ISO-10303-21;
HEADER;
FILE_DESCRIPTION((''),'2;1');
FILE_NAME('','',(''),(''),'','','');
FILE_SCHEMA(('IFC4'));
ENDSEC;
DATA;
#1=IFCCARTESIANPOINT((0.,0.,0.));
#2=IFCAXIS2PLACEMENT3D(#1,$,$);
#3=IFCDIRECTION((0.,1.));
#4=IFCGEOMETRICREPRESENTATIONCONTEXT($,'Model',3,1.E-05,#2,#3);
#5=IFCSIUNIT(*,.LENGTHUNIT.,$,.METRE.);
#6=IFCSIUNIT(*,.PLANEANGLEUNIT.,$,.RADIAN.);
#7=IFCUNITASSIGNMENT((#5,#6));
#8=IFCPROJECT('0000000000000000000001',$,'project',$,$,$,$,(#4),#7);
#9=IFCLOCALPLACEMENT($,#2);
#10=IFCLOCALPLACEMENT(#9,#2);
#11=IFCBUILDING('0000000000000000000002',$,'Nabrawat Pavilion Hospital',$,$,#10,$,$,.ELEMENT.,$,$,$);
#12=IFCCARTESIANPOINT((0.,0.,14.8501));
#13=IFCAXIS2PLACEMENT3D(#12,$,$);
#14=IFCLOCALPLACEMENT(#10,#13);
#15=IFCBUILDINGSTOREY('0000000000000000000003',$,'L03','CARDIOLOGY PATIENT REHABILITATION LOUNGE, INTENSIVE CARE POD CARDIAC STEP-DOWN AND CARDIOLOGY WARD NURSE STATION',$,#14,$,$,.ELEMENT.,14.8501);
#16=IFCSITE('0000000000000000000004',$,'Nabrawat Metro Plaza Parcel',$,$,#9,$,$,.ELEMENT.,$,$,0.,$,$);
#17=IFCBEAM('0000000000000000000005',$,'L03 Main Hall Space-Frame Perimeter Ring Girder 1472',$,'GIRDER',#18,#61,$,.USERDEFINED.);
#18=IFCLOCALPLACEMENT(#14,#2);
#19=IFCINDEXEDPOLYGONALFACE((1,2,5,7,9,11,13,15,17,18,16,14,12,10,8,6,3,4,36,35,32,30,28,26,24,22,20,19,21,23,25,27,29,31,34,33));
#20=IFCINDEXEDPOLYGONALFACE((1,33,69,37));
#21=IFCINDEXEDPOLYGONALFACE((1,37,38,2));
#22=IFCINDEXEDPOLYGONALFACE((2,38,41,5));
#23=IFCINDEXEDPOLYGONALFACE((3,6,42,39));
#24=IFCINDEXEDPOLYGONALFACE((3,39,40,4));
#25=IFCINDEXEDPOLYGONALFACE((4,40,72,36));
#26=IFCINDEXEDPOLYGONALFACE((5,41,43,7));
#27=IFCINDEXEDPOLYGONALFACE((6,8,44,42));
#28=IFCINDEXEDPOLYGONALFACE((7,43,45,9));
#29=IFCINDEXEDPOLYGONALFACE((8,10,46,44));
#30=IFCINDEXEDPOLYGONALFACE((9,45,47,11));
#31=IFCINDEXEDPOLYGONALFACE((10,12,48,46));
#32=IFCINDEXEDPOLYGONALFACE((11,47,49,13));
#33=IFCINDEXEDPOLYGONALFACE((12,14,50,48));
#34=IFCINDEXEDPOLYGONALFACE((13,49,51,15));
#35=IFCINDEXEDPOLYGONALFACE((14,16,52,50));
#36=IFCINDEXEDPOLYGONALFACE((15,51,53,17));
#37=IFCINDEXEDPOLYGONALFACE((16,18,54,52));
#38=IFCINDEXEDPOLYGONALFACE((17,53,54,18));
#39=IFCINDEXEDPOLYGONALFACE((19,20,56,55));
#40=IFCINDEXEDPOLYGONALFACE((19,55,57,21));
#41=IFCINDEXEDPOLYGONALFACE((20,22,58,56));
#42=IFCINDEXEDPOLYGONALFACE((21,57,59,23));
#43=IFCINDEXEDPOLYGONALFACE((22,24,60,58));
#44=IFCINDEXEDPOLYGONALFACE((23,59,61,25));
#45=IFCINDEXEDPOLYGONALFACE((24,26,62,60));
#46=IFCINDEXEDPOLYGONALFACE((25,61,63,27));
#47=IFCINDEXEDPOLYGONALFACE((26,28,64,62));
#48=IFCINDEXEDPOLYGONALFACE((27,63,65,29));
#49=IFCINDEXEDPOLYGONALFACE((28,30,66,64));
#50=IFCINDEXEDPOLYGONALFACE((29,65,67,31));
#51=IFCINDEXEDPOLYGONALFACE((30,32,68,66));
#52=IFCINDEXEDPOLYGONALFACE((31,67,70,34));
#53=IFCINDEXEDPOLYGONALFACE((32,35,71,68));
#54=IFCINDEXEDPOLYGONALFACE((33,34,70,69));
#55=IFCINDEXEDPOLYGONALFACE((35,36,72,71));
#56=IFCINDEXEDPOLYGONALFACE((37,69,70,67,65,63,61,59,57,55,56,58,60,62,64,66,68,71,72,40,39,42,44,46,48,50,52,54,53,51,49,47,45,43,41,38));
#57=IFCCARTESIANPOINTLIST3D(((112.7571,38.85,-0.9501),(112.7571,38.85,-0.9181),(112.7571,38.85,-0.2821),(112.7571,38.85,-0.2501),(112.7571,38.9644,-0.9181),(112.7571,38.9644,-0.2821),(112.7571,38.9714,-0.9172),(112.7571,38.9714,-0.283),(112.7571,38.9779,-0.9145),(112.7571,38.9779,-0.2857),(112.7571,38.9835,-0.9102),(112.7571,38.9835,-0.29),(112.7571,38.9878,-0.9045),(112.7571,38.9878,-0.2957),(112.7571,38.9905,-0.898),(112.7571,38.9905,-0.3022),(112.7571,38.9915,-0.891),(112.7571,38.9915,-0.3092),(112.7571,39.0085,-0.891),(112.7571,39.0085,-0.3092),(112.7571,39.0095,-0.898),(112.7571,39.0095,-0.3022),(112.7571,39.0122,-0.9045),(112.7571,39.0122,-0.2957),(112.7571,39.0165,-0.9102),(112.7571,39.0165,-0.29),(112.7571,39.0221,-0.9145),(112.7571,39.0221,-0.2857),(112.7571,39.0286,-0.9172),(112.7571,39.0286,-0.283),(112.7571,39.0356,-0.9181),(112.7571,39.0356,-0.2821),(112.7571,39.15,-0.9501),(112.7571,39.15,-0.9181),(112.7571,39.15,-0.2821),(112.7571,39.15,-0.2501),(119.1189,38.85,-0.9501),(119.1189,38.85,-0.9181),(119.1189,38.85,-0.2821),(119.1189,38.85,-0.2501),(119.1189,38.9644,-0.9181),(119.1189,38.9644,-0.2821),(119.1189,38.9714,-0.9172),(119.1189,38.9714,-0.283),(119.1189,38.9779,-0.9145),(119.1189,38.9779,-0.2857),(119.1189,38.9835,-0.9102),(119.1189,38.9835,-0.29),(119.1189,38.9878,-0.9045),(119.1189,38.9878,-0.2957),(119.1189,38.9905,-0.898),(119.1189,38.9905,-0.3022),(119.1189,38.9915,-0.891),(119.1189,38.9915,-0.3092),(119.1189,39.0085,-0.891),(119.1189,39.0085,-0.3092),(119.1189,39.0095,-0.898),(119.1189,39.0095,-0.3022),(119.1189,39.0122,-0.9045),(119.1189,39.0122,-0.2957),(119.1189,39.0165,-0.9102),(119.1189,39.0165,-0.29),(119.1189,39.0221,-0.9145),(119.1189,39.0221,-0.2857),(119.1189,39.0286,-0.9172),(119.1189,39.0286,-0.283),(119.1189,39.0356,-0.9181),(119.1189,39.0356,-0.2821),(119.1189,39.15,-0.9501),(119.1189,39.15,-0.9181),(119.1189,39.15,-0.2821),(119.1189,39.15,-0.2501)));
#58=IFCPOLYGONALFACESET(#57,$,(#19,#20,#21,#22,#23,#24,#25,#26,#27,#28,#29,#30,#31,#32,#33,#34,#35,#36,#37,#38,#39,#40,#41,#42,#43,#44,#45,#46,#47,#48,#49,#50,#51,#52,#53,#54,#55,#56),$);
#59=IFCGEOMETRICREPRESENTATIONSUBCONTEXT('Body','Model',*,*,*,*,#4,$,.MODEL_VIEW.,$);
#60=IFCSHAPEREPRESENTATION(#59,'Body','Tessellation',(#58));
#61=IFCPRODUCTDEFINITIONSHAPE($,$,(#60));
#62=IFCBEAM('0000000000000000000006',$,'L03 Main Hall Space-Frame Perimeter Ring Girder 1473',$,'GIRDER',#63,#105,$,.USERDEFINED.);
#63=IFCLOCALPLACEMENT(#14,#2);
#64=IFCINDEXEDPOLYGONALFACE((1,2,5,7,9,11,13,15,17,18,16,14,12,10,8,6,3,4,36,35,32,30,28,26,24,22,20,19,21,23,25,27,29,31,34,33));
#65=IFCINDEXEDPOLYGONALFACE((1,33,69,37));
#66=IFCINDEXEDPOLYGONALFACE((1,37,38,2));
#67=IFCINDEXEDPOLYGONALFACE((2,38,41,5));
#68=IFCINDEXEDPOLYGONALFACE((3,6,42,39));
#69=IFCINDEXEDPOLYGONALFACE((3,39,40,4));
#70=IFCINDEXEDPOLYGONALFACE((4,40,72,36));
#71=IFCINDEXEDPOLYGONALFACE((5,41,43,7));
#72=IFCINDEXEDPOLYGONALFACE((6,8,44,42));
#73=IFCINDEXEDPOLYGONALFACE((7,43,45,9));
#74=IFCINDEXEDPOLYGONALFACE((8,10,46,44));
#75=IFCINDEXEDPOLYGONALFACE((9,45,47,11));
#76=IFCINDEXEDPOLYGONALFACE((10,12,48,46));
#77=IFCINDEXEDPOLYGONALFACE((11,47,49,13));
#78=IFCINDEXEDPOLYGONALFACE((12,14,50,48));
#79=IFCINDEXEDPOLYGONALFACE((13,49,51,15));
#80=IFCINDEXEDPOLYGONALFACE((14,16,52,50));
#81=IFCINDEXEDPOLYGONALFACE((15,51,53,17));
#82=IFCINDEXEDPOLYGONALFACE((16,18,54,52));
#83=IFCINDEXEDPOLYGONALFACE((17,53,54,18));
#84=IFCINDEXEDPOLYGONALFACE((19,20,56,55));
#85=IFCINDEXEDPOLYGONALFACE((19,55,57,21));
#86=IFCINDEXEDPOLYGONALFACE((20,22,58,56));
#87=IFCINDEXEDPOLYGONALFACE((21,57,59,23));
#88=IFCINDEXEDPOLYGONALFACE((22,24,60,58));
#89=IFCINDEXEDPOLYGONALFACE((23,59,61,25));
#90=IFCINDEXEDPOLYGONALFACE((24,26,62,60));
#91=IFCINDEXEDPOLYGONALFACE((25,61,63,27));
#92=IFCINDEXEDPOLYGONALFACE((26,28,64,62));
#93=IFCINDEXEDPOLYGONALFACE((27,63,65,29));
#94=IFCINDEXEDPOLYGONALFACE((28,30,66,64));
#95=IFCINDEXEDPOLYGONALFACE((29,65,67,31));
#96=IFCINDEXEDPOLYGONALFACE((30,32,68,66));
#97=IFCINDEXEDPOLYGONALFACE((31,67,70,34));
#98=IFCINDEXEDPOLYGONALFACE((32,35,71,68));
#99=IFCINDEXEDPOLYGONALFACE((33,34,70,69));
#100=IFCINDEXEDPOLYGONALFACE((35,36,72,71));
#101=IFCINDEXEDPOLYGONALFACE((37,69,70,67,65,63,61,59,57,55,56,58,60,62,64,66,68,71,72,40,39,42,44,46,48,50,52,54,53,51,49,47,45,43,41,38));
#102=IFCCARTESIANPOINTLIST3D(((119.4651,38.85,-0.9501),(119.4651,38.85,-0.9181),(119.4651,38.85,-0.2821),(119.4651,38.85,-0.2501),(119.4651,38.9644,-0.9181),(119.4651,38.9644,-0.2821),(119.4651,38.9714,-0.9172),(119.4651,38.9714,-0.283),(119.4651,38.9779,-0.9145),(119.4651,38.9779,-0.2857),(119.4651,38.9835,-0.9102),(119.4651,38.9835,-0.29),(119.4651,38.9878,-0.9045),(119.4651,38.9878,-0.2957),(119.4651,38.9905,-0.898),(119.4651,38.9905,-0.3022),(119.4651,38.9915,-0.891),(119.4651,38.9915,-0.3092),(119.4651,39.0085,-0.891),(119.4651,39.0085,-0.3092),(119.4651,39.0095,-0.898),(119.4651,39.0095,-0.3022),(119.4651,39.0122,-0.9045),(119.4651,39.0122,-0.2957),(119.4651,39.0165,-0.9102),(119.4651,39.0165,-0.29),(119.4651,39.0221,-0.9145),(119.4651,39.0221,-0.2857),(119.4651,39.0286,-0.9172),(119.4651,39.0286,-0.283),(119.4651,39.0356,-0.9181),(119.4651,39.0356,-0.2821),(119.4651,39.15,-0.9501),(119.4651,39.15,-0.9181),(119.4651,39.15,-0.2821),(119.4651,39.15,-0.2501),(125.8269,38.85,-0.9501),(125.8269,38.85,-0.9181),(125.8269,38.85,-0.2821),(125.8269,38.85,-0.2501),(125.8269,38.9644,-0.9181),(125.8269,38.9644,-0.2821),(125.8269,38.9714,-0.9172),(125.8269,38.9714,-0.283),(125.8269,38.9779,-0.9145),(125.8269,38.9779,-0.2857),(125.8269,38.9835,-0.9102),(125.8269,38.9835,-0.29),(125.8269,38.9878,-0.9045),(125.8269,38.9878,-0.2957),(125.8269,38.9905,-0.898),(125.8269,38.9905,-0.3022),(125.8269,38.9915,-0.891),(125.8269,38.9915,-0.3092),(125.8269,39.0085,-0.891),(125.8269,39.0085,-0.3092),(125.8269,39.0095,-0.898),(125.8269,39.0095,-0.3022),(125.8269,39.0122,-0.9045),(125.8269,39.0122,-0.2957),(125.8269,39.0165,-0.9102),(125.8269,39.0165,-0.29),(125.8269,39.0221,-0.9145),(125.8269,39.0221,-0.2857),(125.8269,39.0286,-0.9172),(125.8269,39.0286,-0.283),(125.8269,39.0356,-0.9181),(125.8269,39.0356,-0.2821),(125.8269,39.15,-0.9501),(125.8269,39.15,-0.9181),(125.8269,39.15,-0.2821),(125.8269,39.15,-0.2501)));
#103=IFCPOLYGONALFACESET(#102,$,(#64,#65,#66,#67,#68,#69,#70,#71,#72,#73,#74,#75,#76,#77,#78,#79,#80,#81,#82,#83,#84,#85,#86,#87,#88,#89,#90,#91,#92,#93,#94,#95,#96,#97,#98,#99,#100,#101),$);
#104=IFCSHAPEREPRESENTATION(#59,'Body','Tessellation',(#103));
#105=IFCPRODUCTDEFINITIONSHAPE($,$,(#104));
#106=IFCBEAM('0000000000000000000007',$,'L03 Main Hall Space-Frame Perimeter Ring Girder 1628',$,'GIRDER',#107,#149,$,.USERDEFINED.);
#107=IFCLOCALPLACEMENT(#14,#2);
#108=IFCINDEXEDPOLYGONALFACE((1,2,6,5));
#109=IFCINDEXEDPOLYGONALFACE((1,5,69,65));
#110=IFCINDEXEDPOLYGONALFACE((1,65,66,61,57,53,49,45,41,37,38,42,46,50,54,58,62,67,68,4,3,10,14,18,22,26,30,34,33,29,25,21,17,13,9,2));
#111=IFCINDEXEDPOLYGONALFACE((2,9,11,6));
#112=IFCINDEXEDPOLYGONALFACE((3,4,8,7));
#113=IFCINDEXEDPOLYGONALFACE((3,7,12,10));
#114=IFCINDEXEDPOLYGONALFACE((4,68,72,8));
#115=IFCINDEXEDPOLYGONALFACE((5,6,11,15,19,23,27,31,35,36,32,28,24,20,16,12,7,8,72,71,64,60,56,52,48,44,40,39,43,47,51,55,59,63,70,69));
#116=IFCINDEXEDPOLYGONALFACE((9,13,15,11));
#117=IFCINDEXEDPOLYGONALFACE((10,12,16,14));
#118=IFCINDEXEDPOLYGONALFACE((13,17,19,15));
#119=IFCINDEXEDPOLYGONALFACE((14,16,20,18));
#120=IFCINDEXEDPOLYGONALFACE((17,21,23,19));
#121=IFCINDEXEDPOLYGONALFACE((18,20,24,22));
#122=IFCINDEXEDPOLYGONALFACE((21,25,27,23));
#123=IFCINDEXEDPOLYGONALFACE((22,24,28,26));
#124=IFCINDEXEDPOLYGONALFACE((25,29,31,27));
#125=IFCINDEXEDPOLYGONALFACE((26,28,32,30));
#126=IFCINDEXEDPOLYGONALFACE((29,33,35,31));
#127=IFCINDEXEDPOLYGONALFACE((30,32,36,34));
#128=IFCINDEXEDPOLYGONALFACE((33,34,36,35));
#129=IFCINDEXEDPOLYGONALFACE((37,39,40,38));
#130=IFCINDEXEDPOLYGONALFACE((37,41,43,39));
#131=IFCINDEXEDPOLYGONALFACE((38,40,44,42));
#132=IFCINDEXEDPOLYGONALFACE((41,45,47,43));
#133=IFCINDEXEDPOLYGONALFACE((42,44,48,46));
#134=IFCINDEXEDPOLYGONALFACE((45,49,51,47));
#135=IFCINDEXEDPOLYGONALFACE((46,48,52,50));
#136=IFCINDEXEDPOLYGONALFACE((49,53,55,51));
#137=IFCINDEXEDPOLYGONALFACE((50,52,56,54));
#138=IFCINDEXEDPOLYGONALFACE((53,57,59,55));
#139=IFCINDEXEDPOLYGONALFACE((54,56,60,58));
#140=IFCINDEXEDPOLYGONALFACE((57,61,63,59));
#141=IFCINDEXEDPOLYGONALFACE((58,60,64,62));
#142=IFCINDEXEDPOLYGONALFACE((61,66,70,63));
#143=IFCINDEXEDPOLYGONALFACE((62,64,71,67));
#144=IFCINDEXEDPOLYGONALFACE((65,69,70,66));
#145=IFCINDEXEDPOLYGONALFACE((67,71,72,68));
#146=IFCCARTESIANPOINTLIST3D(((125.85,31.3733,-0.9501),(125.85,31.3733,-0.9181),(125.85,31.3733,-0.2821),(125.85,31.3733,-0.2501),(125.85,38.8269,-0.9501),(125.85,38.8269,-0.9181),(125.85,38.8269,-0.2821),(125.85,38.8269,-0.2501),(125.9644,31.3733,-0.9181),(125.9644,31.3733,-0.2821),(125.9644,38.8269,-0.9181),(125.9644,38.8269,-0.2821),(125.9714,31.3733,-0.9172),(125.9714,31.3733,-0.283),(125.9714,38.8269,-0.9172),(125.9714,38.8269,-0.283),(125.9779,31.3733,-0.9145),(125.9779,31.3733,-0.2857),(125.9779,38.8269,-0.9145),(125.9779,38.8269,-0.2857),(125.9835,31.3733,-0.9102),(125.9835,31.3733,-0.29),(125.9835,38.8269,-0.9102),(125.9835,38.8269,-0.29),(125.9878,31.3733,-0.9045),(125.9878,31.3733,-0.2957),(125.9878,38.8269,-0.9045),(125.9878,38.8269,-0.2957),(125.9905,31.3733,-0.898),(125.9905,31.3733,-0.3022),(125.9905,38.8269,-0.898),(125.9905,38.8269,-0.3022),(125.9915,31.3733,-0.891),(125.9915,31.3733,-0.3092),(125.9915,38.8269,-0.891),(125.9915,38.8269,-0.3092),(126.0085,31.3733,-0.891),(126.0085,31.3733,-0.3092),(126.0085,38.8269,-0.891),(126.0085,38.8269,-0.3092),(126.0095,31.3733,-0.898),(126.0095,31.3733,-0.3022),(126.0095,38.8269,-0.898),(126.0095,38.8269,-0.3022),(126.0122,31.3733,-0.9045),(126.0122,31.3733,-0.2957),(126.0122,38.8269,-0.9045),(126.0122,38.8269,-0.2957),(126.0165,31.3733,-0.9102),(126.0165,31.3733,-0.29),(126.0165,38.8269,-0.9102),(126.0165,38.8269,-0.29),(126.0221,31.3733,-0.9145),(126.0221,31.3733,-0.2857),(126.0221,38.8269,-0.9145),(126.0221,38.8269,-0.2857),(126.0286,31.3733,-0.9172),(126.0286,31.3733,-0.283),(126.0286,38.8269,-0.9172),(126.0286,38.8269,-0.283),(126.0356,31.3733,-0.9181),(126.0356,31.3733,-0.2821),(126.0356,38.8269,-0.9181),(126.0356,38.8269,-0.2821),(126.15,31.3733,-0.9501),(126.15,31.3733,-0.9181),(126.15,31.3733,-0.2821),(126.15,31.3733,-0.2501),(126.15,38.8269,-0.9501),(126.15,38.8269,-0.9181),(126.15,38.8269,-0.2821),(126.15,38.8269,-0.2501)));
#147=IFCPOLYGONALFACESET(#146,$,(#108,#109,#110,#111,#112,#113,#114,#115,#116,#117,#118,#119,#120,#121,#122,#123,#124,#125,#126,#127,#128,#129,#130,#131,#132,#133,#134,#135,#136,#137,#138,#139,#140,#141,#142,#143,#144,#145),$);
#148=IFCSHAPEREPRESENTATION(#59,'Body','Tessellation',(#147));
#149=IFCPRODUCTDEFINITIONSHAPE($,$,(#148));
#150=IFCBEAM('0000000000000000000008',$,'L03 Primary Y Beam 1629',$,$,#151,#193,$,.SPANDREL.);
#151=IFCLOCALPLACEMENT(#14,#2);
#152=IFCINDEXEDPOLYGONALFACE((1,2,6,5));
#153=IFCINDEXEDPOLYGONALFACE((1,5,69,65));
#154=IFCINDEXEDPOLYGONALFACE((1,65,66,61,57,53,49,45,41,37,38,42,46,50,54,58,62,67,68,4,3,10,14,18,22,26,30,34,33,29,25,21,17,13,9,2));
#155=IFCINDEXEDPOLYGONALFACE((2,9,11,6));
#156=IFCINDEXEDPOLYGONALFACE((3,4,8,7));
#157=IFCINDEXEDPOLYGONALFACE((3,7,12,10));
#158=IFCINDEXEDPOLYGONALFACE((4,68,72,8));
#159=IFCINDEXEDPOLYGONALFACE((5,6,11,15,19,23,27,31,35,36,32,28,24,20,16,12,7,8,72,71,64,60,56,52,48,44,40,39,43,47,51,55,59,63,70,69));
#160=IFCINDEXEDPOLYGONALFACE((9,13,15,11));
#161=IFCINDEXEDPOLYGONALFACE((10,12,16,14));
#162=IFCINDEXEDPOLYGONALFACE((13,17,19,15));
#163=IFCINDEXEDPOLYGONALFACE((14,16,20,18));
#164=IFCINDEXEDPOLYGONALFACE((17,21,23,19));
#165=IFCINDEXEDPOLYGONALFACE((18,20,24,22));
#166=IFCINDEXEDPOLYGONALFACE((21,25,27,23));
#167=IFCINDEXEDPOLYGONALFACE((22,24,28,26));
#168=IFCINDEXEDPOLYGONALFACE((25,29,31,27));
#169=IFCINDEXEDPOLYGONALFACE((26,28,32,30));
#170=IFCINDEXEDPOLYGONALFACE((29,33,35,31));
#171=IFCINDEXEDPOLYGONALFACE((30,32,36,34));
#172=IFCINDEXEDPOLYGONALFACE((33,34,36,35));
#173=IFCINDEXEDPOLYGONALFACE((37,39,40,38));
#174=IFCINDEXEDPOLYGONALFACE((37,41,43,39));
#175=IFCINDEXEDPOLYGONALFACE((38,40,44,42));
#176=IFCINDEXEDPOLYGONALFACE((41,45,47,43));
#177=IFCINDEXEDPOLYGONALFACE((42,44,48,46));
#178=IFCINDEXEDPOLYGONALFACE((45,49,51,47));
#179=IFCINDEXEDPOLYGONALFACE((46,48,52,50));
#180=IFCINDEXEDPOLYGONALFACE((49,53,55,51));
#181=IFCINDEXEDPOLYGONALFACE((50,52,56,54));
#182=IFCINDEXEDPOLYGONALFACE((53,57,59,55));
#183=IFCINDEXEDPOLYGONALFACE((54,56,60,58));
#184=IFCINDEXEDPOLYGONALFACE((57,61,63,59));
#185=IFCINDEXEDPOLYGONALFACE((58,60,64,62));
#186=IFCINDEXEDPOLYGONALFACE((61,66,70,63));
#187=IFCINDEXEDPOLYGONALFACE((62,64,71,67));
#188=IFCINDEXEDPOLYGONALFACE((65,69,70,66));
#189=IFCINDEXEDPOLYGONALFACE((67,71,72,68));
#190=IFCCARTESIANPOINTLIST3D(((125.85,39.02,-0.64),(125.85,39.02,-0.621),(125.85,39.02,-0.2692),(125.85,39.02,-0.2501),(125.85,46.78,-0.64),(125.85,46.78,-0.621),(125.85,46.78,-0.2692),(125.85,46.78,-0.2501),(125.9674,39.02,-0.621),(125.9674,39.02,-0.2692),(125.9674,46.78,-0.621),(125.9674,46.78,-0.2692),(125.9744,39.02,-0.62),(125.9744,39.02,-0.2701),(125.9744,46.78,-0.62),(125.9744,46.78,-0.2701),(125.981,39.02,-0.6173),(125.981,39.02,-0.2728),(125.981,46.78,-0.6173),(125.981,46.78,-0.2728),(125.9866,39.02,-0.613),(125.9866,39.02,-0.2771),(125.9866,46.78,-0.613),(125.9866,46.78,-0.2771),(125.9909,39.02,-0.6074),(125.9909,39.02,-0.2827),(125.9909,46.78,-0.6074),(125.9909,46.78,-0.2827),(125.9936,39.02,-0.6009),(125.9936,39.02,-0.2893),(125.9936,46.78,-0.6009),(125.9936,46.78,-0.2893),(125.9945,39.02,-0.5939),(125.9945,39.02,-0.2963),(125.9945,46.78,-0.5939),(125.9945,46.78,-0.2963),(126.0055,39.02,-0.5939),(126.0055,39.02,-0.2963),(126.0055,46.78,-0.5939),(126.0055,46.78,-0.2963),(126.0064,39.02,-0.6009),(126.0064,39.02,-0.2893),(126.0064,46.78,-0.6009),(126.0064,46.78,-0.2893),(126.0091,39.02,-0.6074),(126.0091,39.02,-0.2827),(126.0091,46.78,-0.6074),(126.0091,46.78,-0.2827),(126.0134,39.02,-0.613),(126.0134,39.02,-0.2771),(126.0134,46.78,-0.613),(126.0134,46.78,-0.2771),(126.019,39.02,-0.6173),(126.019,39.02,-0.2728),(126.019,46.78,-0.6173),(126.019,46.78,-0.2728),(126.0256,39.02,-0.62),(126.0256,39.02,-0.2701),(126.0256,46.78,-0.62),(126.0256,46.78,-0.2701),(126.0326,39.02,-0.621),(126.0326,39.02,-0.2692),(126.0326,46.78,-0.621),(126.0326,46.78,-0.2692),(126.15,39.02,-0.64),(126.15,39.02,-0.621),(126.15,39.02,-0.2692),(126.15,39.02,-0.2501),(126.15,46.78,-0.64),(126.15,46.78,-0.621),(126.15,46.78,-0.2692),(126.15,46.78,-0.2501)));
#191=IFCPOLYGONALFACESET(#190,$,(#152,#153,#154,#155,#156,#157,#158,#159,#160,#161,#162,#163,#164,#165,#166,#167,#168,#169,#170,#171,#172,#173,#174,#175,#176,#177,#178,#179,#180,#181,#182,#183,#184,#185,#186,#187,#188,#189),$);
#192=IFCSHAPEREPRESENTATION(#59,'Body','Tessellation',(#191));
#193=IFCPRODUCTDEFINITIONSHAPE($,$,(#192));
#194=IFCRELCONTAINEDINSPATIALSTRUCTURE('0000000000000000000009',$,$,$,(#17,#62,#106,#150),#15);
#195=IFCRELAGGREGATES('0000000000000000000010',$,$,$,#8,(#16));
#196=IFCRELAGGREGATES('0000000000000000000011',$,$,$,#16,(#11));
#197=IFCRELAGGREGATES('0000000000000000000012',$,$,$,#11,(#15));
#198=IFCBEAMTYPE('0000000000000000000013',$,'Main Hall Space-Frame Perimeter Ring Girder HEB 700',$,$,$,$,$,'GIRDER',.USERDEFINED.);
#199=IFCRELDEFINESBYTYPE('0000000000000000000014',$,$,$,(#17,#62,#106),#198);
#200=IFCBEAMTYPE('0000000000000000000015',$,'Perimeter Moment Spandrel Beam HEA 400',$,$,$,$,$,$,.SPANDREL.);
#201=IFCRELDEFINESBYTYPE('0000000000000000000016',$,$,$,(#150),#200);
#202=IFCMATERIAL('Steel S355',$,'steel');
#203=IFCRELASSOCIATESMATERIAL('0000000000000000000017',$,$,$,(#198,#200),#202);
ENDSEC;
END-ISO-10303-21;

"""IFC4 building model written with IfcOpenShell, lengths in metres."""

from ifc_helpers import new_model, si_unit, direction, frame, origin, origin_2d, place, context, subcontext, project, spatial, i_section, extrude, material, material_profile, profile_set, type_object, element, save


model = new_model("IFC4")

# Units and contexts
model_context = context("Model", 3, precision=1e-05, world=origin(), true_north=direction((0.0, 1.0)))
body_context = subcontext(model_context, "Body", "Model", "MODEL_VIEW")
ifc_project = project(units=[si_unit("LENGTHUNIT", "METRE"), si_unit("PLANEANGLEUNIT", "RADIAN")], contexts=[model_context])

# Site, building, storey
site_placement = place(None, origin())
site = spatial("IfcSite", under=ifc_project, at=site_placement, Name="Nabrawat Metro Plaza Parcel", CompositionType="ELEMENT", RefElevation=0.0)
building_placement = place(site_placement, origin())
building = spatial("IfcBuilding", under=site, at=building_placement, Name="Nabrawat Pavilion Hospital", CompositionType="ELEMENT")
storey_placement = place(building_placement, frame((0.0, 0.0, 14.8501)))
storey = spatial("IfcBuildingStorey", under=building, at=storey_placement, Name="L03", Description="CARDIOLOGY PATIENT REHABILITATION LOUNGE, INTENSIVE CARE POD CARDIAC STEP-DOWN AND CARDIOLOGY WARD NURSE STATION", CompositionType="ELEMENT", Elevation=14.8501)

# Beams
ifc_material_1 = material(Name="Steel S355", Category="steel")
ifc_material_profile_1 = material_profile(ifc_material_1, i_section(OverallWidth=0.3, OverallDepth=0.7, WebThickness=0.0171, FlangeThickness=0.032, FilletRadius=0.0271, at=origin_2d()), Name="HEB 700")
ifc_profile_set_1 = profile_set([ifc_material_profile_1], Name="Steel S355")
beam_type_1 = type_object("IfcBeamType", Name="Main Hall Space-Frame Perimeter Ring Girder HEB 700", ElementType="GIRDER", PredefinedType="USERDEFINED", material=ifc_profile_set_1)
for number, where, z_axis, x_axis, name in (
    (1, (112.7571, 39.0, -0.6001), (1.0, 0.0, 0.0), (0.0, 1.0, 0.0), "L03 Main Hall Space-Frame Perimeter Ring Girder 1472"),
    (2, (119.4651, 39.0, -0.6001), (1.0, 0.0, 0.0), (0.0, 1.0, 0.0), "L03 Main Hall Space-Frame Perimeter Ring Girder 1473"),
):
    element("IfcBeam", number, at=place(storey_placement, frame(where, z_axis=z_axis, x_axis=x_axis)), inside=storey, type_object=beam_type_1, Name=name, ObjectType="GIRDER", PredefinedType="USERDEFINED", context=body_context, shape_type="SweptSolid", body=[
        extrude(i_section(OverallWidth=0.3, OverallDepth=0.7, WebThickness=0.0171, FlangeThickness=0.032, FilletRadius=0.0271, at=origin_2d()), origin(), (0.0, 0.0, 1.0), 6.3618),
    ])
beam_placement = place(storey_placement, frame((126.0, 31.3733, -0.6001), z_axis=(0.0, 1.0, 0.0), x_axis=(-1.0, 0.0, 0.0)))
element("IfcBeam", 3, at=beam_placement, inside=storey, type_object=beam_type_1, Name="L03 Main Hall Space-Frame Perimeter Ring Girder 1628", ObjectType="GIRDER", PredefinedType="USERDEFINED", context=body_context, shape_type="SweptSolid", body=[
    extrude(i_section(OverallWidth=0.3, OverallDepth=0.7, WebThickness=0.0171, FlangeThickness=0.032, FilletRadius=0.0271, at=origin_2d()), origin(), (0.0, 0.0, 1.0), 7.4536),
])
ifc_material_profile_2 = material_profile(ifc_material_1, i_section(OverallWidth=0.3, OverallDepth=0.3899, WebThickness=0.011, FlangeThickness=0.019, FilletRadius=0.0271, at=origin_2d()), Name="HEA 400")
ifc_profile_set_2 = profile_set([ifc_material_profile_2], Name="Steel S355")
beam_type_2 = type_object("IfcBeamType", Name="Perimeter Moment Spandrel Beam HEA 400", PredefinedType="SPANDREL", material=ifc_profile_set_2)
for number, where, z_axis, x_axis, name in (
    (4, (126.0, 39.02, -0.4451), (0.0, 1.0, 0.0), (-1.0, 0.0, 0.0), "L03 Primary Y Beam 1629"),
):
    element("IfcBeam", number, at=place(storey_placement, frame(where, z_axis=z_axis, x_axis=x_axis)), inside=storey, type_object=beam_type_2, Name=name, PredefinedType="SPANDREL", context=body_context, shape_type="SweptSolid", body=[
        extrude(i_section(OverallWidth=0.3, OverallDepth=0.3899, WebThickness=0.011, FlangeThickness=0.019, FilletRadius=0.0271, at=origin_2d()), origin(), (0.0, 0.0, 1.0), 7.76),
    ])

save(model, "model.ifc")
